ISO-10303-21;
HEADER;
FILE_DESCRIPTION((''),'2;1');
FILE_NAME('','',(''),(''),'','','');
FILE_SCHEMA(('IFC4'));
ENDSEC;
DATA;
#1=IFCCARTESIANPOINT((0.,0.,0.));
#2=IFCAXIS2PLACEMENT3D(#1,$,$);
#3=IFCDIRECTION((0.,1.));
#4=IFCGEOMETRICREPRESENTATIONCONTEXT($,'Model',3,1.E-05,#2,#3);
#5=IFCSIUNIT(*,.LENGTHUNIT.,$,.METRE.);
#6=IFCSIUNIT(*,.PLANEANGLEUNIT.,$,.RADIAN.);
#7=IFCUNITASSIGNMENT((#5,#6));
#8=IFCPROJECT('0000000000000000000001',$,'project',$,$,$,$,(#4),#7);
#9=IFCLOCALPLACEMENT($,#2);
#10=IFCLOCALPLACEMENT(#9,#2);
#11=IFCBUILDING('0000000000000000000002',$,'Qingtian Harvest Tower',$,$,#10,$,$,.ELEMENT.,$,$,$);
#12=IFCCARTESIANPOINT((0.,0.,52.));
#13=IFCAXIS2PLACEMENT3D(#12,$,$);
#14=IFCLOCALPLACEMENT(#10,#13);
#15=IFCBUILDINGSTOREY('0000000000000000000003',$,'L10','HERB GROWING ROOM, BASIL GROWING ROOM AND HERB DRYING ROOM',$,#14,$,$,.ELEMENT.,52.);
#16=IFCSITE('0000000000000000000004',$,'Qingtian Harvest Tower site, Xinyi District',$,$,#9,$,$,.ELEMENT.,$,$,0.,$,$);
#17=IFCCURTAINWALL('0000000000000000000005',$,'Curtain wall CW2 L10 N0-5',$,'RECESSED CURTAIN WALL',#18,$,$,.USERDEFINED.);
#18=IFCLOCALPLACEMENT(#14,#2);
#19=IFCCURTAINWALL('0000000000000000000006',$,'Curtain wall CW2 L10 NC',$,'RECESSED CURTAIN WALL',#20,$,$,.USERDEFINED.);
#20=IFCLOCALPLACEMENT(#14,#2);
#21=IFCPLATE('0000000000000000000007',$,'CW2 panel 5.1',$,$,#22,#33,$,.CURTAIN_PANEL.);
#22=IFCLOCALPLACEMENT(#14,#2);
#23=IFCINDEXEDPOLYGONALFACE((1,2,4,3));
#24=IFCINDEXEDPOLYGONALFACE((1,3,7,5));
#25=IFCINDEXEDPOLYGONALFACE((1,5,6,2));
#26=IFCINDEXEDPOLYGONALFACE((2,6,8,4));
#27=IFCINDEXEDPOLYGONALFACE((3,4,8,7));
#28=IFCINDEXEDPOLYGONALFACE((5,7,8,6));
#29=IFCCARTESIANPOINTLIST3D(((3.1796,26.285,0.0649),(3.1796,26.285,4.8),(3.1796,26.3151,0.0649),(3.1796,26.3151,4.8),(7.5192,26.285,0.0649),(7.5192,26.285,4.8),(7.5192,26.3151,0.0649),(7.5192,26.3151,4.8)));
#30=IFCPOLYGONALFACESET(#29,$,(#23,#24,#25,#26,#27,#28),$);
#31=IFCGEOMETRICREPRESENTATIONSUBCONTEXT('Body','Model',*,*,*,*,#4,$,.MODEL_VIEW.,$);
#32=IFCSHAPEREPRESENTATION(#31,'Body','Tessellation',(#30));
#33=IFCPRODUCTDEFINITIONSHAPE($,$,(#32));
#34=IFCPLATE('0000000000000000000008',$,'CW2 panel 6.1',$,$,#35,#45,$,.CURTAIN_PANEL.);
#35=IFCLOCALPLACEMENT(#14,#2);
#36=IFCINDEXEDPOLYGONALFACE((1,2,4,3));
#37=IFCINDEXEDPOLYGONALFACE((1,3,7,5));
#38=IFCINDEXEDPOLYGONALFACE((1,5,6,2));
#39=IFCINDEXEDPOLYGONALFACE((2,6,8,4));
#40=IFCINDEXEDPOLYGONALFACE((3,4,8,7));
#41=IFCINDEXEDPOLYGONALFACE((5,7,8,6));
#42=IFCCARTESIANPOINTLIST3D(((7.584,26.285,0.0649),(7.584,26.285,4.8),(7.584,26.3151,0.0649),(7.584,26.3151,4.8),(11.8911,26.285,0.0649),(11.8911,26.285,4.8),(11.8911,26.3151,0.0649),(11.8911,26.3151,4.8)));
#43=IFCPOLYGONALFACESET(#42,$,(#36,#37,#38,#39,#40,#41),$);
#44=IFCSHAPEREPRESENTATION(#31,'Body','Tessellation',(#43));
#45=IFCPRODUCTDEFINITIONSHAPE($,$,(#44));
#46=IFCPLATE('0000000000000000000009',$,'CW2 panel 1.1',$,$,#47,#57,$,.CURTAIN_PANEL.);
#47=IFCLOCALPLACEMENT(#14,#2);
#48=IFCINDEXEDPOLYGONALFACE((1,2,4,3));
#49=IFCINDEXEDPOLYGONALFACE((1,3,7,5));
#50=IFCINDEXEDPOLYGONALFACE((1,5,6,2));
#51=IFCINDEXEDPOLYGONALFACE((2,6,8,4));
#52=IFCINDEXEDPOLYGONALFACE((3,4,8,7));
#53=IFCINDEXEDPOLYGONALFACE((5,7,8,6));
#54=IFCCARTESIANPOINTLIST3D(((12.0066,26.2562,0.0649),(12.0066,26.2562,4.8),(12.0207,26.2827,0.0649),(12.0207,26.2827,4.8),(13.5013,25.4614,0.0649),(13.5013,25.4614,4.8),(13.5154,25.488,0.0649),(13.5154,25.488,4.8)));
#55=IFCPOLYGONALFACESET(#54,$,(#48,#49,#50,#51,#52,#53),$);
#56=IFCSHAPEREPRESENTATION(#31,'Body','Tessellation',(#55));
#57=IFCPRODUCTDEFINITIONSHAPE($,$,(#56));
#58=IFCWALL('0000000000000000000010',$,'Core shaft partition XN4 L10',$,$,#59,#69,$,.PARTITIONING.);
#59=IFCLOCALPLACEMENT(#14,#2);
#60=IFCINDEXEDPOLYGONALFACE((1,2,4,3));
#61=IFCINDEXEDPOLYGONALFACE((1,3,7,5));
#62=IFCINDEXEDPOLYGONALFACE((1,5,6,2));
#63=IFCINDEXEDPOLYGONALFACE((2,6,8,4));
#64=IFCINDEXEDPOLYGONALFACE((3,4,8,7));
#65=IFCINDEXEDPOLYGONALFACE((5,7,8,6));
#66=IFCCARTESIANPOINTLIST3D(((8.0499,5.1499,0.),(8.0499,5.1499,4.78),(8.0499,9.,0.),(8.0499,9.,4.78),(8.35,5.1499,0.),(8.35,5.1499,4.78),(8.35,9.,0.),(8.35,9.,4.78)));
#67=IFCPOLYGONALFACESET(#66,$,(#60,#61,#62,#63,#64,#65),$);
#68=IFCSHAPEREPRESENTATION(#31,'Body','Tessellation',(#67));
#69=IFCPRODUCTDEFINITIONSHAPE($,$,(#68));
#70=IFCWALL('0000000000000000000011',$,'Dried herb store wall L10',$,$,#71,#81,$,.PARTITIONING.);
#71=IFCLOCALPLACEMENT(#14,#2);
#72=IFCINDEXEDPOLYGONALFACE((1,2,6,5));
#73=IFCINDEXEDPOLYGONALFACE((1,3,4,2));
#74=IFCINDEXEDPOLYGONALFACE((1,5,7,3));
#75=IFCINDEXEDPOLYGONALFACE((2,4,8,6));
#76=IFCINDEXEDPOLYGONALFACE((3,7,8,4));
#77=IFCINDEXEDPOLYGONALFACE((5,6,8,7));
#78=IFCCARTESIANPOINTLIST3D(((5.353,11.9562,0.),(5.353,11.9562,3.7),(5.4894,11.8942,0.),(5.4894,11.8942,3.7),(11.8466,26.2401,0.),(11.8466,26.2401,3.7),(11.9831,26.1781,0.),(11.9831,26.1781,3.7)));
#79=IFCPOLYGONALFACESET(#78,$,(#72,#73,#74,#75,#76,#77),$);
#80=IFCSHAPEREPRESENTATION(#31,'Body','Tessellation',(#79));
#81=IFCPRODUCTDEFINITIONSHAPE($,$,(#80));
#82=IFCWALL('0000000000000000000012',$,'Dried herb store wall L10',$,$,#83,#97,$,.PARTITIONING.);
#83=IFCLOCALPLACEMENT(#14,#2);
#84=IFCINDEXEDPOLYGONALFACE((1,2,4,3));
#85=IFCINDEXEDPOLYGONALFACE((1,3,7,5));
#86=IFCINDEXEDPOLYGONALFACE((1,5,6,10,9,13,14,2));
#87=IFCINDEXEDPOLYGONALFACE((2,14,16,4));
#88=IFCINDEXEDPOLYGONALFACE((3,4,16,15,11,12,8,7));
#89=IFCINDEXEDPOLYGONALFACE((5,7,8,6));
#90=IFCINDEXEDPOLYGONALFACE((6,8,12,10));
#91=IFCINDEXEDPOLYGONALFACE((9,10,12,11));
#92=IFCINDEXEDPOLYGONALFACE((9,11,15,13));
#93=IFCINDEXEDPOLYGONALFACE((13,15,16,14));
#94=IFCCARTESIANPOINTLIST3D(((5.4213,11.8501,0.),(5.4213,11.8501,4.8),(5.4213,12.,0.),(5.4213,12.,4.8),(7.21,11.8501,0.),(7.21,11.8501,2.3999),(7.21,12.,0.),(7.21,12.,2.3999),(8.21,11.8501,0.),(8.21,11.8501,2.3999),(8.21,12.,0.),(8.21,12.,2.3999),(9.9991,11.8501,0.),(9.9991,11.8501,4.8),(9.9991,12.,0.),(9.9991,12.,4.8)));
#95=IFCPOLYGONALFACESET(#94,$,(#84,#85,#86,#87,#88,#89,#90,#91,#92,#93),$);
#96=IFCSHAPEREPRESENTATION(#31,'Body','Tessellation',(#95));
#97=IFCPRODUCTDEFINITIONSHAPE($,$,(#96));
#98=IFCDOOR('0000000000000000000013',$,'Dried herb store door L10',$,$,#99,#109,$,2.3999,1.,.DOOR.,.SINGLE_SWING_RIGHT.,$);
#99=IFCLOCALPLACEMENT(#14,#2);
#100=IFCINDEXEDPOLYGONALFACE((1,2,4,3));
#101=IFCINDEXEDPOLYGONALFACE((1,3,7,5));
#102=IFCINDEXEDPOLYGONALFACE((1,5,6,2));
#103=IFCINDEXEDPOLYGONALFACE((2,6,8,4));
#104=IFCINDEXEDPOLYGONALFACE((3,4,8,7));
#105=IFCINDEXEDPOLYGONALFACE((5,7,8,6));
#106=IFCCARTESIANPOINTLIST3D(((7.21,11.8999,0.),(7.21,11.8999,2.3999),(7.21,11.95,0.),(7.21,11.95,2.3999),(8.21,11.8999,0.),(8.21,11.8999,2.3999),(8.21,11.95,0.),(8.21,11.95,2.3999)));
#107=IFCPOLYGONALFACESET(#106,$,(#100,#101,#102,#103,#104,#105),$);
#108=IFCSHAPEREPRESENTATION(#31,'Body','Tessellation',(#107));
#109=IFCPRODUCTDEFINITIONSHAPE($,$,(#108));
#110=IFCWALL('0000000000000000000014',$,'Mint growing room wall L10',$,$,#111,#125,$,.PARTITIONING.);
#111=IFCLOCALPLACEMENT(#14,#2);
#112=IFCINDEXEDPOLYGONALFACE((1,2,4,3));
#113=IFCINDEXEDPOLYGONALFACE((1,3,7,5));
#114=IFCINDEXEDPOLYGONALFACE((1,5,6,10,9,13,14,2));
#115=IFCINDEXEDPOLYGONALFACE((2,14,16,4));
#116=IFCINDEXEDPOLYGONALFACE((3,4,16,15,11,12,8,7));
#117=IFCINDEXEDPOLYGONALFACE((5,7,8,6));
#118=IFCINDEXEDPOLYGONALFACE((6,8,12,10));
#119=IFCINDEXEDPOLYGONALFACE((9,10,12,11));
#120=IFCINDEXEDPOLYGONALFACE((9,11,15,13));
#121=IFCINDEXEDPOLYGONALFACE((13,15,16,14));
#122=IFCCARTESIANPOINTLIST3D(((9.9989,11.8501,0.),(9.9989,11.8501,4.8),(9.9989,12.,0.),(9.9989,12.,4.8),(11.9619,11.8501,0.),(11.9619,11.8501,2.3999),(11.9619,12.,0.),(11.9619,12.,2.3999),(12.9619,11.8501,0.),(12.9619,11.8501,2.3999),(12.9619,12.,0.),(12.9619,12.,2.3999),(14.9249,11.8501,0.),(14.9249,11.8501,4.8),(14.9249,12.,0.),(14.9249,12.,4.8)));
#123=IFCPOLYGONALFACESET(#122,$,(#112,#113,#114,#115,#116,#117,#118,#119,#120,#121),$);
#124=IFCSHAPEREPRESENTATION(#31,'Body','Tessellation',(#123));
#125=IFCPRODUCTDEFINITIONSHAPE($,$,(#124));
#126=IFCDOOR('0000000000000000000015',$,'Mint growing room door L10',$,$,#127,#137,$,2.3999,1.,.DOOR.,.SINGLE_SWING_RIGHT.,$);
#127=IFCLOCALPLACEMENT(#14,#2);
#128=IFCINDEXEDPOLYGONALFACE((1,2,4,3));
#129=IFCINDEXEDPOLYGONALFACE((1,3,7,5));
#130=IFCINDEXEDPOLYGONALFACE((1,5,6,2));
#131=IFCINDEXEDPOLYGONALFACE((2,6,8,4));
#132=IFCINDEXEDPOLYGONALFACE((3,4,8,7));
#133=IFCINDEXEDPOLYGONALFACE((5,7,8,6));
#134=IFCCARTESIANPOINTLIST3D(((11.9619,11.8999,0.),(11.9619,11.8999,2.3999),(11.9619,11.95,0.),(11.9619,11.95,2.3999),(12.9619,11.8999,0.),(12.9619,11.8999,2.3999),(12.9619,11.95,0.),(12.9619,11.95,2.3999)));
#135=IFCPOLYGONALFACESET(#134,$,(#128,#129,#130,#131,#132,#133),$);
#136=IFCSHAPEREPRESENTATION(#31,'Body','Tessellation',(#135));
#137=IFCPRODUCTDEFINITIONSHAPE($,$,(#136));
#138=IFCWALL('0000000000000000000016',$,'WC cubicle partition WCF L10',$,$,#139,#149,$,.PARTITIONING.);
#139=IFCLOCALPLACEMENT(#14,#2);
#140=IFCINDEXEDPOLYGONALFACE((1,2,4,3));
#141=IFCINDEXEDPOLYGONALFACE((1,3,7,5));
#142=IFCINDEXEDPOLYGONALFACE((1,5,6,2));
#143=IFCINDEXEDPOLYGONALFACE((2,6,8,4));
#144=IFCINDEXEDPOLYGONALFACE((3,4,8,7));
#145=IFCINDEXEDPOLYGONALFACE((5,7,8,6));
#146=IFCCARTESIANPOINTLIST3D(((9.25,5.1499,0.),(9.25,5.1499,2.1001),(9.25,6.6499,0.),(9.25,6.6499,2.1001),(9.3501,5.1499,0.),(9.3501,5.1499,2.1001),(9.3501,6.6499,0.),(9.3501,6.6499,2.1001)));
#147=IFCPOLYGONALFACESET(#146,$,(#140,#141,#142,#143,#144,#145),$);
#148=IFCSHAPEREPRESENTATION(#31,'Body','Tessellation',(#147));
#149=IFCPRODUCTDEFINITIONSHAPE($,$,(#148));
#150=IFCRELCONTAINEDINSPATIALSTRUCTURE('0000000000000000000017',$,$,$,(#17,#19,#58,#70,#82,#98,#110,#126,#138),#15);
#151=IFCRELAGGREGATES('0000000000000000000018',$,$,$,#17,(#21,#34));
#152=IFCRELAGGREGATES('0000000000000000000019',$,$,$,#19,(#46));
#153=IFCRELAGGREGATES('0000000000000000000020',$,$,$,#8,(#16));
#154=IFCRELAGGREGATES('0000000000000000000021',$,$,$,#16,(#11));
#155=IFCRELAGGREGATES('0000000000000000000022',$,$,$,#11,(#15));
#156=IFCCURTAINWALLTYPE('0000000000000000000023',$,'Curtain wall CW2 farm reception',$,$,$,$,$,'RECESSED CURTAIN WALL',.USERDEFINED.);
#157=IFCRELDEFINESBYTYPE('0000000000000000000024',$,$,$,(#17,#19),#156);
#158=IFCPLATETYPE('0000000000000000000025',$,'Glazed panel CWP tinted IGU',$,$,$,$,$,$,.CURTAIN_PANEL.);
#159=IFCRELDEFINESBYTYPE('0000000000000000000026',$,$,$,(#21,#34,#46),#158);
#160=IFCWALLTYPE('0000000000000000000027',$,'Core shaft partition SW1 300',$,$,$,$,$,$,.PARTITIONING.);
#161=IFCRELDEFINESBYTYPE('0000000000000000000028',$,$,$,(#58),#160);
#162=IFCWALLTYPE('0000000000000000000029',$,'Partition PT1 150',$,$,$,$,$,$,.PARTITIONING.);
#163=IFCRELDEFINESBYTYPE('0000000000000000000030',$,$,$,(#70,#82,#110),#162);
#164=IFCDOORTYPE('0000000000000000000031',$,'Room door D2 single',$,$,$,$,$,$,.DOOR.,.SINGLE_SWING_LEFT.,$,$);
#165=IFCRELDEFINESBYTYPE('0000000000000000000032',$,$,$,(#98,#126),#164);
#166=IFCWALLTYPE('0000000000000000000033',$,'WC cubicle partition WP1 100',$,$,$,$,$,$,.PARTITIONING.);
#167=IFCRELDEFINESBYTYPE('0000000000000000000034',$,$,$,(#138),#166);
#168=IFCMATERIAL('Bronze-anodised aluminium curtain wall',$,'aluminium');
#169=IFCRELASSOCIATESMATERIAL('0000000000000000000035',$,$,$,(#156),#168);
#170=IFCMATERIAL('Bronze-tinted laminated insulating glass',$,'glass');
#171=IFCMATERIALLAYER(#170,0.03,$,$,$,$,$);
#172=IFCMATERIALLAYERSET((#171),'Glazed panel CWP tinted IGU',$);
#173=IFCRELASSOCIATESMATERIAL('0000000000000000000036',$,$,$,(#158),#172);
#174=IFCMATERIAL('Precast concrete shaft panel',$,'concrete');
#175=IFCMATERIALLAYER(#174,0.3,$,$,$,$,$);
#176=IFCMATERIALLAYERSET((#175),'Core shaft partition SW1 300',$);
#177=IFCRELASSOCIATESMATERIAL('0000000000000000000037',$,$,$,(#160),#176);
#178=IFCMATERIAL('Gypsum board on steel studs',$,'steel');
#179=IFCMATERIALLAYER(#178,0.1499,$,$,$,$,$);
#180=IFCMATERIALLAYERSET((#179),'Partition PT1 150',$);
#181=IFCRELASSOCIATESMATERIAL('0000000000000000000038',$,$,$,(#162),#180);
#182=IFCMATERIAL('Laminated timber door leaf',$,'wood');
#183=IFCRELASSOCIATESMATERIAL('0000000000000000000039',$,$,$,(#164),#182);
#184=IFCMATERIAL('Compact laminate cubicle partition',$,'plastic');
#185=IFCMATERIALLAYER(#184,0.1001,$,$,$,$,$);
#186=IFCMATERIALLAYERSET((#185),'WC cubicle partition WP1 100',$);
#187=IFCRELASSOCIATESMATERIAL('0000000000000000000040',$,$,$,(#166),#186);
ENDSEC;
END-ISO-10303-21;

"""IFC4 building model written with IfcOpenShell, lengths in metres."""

from ifc_helpers import new_model, si_unit, direction, frame, frame_2d, origin, origin_2d, place, context, subcontext, project, spatial, rectangle, extrude, material, layer, layer_set, type_object, element, fill, aggregate, save


model = new_model("IFC4")

# Units and contexts
model_context = context("Model", 3, precision=1e-05, world=origin(), true_north=direction((0.0, 1.0)))
body_context = subcontext(model_context, "Body", "Model", "MODEL_VIEW")
ifc_project = project(units=[si_unit("LENGTHUNIT", "METRE"), si_unit("PLANEANGLEUNIT", "RADIAN")], contexts=[model_context])

# Site, building, storey
site_placement = place(None, origin())
site = spatial("IfcSite", under=ifc_project, at=site_placement, Name="Qingtian Harvest Tower site, Xinyi District", CompositionType="ELEMENT", RefElevation=0.0)
building_placement = place(site_placement, origin())
building = spatial("IfcBuilding", under=site, at=building_placement, Name="Qingtian Harvest Tower", CompositionType="ELEMENT")
storey_placement = place(building_placement, frame((0.0, 0.0, 52.0)))
storey = spatial("IfcBuildingStorey", under=building, at=storey_placement, Name="L10", Description="HERB GROWING ROOM, BASIL GROWING ROOM AND HERB DRYING ROOM", CompositionType="ELEMENT", Elevation=52.0)

# Curtain walls
ifc_material_1 = material(Name="Bronze-anodised aluminium curtain wall", Category="aluminium")
curtain_wall_type = type_object("IfcCurtainWallType", Name="Curtain wall CW2 farm reception", ElementType="RECESSED CURTAIN WALL", PredefinedType="USERDEFINED", material=ifc_material_1)
curtain_wall_1_placement = place(storey_placement, origin())
curtain_wall_1 = element("IfcCurtainWall", 1, at=curtain_wall_1_placement, inside=storey, type_object=curtain_wall_type, Name="Curtain wall CW2 L10 N0-5", ObjectType="RECESSED CURTAIN WALL", PredefinedType="USERDEFINED")
curtain_wall_2_placement = place(storey_placement, origin())
curtain_wall_2 = element("IfcCurtainWall", 2, at=curtain_wall_2_placement, inside=storey, type_object=curtain_wall_type, Name="Curtain wall CW2 L10 NC", ObjectType="RECESSED CURTAIN WALL", PredefinedType="USERDEFINED")

# Plates
ifc_material_2 = material(Name="Bronze-tinted laminated insulating glass", Category="glass")
ifc_layer_1 = layer(ifc_material_2, 0.03)
ifc_layer_set_1 = layer_set([ifc_layer_1], Name="Glazed panel CWP tinted IGU")
plate_type = type_object("IfcPlateType", Name="Glazed panel CWP tinted IGU", PredefinedType="CURTAIN_PANEL", material=ifc_layer_set_1)
plate_1_placement = place(storey_placement, frame((5.3494, 26.3, 0.0649), z_axis=(0.0, 0.0, 1.0), x_axis=(1.0, 0.0, 0.0)))
plate_1 = element("IfcPlate", 3, at=plate_1_placement, type_object=plate_type, Name="CW2 panel 5.1", PredefinedType="CURTAIN_PANEL", context=body_context, shape_type="SweptSolid", body=[
    extrude(rectangle(XDim=4.3396, YDim=0.03, at=origin_2d()), origin(), (0.0, 0.0, 1.0), 4.7351),
])
plate_2_placement = place(storey_placement, frame((9.7375, 26.3, 0.0649), z_axis=(0.0, 0.0, 1.0), x_axis=(1.0, 0.0, 0.0)))
plate_2 = element("IfcPlate", 4, at=plate_2_placement, type_object=plate_type, Name="CW2 panel 6.1", PredefinedType="CURTAIN_PANEL", context=body_context, shape_type="SweptSolid", body=[
    extrude(rectangle(XDim=4.3071, YDim=0.03, at=origin_2d()), origin(), (0.0, 0.0, 1.0), 4.7351),
])
aggregate(curtain_wall_1, [plate_1, plate_2])
plate_3_placement = place(storey_placement, frame((12.761, 25.8721, 0.0649), z_axis=(0.0, 0.0, 1.0), x_axis=(0.882948, -0.469472, 0.0)))
plate_3 = element("IfcPlate", 5, at=plate_3_placement, type_object=plate_type, Name="CW2 panel 1.1", PredefinedType="CURTAIN_PANEL", context=body_context, shape_type="SweptSolid", body=[
    extrude(rectangle(XDim=1.6929, YDim=0.03, at=origin_2d()), origin(), (0.0, 0.0, 1.0), 4.7351),
])
aggregate(curtain_wall_2, [plate_3])

# Walls
ifc_material_3 = material(Name="Precast concrete shaft panel", Category="concrete")
ifc_layer_2 = layer(ifc_material_3, 0.3)
ifc_layer_set_2 = layer_set([ifc_layer_2], Name="Core shaft partition SW1 300")
wall_type_1 = type_object("IfcWallType", Name="Core shaft partition SW1 300", PredefinedType="PARTITIONING", material=ifc_layer_set_2)
wall_1_placement = place(storey_placement, frame((8.2, 5.1499, 0.0), z_axis=(0.0, 0.0, 1.0), x_axis=(0.0, 1.0, 0.0)))
element("IfcWall", 6, at=wall_1_placement, inside=storey, type_object=wall_type_1, Name="Core shaft partition XN4 L10", PredefinedType="PARTITIONING", context=body_context, shape_type="SweptSolid", body=[
    extrude(rectangle(XDim=3.8501, YDim=0.3, at=frame_2d((1.925, 0.0))), origin(), (0.0, 0.0, 1.0), 4.78),
])
ifc_material_4 = material(Name="Gypsum board on steel studs", Category="steel")
ifc_layer_3 = layer(ifc_material_4, 0.1499)
ifc_layer_set_3 = layer_set([ifc_layer_3], Name="Partition PT1 150")
wall_type_2 = type_object("IfcWallType", Name="Partition PT1 150", PredefinedType="PARTITIONING", material=ifc_layer_set_3)
wall_2_placement = place(storey_placement, frame((11.9148, 26.209, 0.0), z_axis=(0.0, 0.0, 1.0), x_axis=(-0.413853, -0.910344, 0.0)))
element("IfcWall", 7, at=wall_2_placement, inside=storey, type_object=wall_type_2, Name="Dried herb store wall L10", PredefinedType="PARTITIONING", context=body_context, shape_type="SweptSolid", body=[
    extrude(rectangle(XDim=15.6907, YDim=0.1499, at=frame_2d((7.8452, 0.0))), origin(), (0.0, 0.0, 1.0), 3.7),
])

# Walls, openings, doors
wall_3_placement = place(storey_placement, frame((5.4211, 11.925, 0.0), z_axis=(0.0, 0.0, 1.0), x_axis=(1.0, 0.0, 0.0)))
wall_3 = element("IfcWall", 8, at=wall_3_placement, inside=storey, type_object=wall_type_2, Name="Dried herb store wall L10", PredefinedType="PARTITIONING", context=body_context, shape_type="SweptSolid", body=[
    extrude(rectangle(XDim=4.5779, YDim=0.1499, at=frame_2d((2.2891, 0.0))), origin(), (0.0, 0.0, 1.0), 4.8),
])
opening_1_placement = place(wall_3_placement, frame((1.7888, 0.0, 0.0)))
opening_1 = element("IfcOpeningElement", 9, at=opening_1_placement, cuts=wall_3, PredefinedType="OPENING", context=body_context, shape_type="SweptSolid", body=[
    extrude(rectangle(XDim=1.0, YDim=2.3999, at=frame_2d((0.5, 1.2))), frame((0.0, 0.085, 0.0), z_axis=(0.0, -1.0, 0.0), x_axis=(1.0, 0.0, 0.0)), (0.0, 0.0, 1.0), 0.1699),
])
ifc_material_5 = material(Name="Laminated timber door leaf", Category="wood")
door_type = type_object("IfcDoorType", Name="Room door D2 single", OperationType="SINGLE_SWING_LEFT", PredefinedType="DOOR", material=ifc_material_5)
door_1_placement = place(opening_1_placement, origin())
door_1 = element("IfcDoor", 10, at=door_1_placement, inside=storey, type_object=door_type, Name="Dried herb store door L10", OperationType="SINGLE_SWING_RIGHT", OverallHeight=2.3999, OverallWidth=1.0, PredefinedType="DOOR", context=body_context, shape_type="SweptSolid", body=[
    extrude(rectangle(XDim=1.0, YDim=2.3999, at=frame_2d((0.5, 1.2))), frame((0.0, 0.0249, 0.0), z_axis=(0.0, -1.0, 0.0), x_axis=(1.0, 0.0, 0.0)), (0.0, 0.0, 1.0), 0.05),
])
fill(opening_1, door_1)
wall_4_placement = place(storey_placement, frame((9.999, 11.925, 0.0), z_axis=(0.0, 0.0, 1.0), x_axis=(1.0, 0.0, 0.0)))
wall_4 = element("IfcWall", 11, at=wall_4_placement, inside=storey, type_object=wall_type_2, Name="Mint growing room wall L10", PredefinedType="PARTITIONING", context=body_context, shape_type="SweptSolid", body=[
    extrude(rectangle(XDim=4.926, YDim=0.1499, at=frame_2d((2.4629, 0.0))), origin(), (0.0, 0.0, 1.0), 4.8),
])
opening_2_placement = place(wall_4_placement, frame((1.9629, 0.0, 0.0)))
opening_2 = element("IfcOpeningElement", 12, at=opening_2_placement, cuts=wall_4, PredefinedType="OPENING", context=body_context, shape_type="SweptSolid", body=[
    extrude(rectangle(XDim=1.0, YDim=2.3999, at=frame_2d((0.5, 1.2))), frame((0.0, 0.085, 0.0), z_axis=(0.0, -1.0, 0.0), x_axis=(1.0, 0.0, 0.0)), (0.0, 0.0, 1.0), 0.1699),
])
door_2_placement = place(opening_2_placement, origin())
door_2 = element("IfcDoor", 13, at=door_2_placement, inside=storey, type_object=door_type, Name="Mint growing room door L10", OperationType="SINGLE_SWING_RIGHT", OverallHeight=2.3999, OverallWidth=1.0, PredefinedType="DOOR", context=body_context, shape_type="SweptSolid", body=[
    extrude(rectangle(XDim=1.0, YDim=2.3999, at=frame_2d((0.5, 1.2))), frame((0.0, 0.0249, 0.0), z_axis=(0.0, -1.0, 0.0), x_axis=(1.0, 0.0, 0.0)), (0.0, 0.0, 1.0), 0.05),
])
fill(opening_2, door_2)

# Wall
ifc_material_6 = material(Name="Compact laminate cubicle partition", Category="plastic")
ifc_layer_4 = layer(ifc_material_6, 0.1001)
ifc_layer_set_4 = layer_set([ifc_layer_4], Name="WC cubicle partition WP1 100")
wall_type_3 = type_object("IfcWallType", Name="WC cubicle partition WP1 100", PredefinedType="PARTITIONING", material=ifc_layer_set_4)
wall_5_placement = place(storey_placement, frame((9.3, 5.1499, 0.0), z_axis=(0.0, 0.0, 1.0), x_axis=(0.0, 1.0, 0.0)))
element("IfcWall", 14, at=wall_5_placement, inside=storey, type_object=wall_type_3, Name="WC cubicle partition WCF L10", PredefinedType="PARTITIONING", context=body_context, shape_type="SweptSolid", body=[
    extrude(rectangle(XDim=1.5, YDim=0.1001, at=frame_2d((0.75, 0.0))), origin(), (0.0, 0.0, 1.0), 2.1001),
])

save(model, "model.ifc")
